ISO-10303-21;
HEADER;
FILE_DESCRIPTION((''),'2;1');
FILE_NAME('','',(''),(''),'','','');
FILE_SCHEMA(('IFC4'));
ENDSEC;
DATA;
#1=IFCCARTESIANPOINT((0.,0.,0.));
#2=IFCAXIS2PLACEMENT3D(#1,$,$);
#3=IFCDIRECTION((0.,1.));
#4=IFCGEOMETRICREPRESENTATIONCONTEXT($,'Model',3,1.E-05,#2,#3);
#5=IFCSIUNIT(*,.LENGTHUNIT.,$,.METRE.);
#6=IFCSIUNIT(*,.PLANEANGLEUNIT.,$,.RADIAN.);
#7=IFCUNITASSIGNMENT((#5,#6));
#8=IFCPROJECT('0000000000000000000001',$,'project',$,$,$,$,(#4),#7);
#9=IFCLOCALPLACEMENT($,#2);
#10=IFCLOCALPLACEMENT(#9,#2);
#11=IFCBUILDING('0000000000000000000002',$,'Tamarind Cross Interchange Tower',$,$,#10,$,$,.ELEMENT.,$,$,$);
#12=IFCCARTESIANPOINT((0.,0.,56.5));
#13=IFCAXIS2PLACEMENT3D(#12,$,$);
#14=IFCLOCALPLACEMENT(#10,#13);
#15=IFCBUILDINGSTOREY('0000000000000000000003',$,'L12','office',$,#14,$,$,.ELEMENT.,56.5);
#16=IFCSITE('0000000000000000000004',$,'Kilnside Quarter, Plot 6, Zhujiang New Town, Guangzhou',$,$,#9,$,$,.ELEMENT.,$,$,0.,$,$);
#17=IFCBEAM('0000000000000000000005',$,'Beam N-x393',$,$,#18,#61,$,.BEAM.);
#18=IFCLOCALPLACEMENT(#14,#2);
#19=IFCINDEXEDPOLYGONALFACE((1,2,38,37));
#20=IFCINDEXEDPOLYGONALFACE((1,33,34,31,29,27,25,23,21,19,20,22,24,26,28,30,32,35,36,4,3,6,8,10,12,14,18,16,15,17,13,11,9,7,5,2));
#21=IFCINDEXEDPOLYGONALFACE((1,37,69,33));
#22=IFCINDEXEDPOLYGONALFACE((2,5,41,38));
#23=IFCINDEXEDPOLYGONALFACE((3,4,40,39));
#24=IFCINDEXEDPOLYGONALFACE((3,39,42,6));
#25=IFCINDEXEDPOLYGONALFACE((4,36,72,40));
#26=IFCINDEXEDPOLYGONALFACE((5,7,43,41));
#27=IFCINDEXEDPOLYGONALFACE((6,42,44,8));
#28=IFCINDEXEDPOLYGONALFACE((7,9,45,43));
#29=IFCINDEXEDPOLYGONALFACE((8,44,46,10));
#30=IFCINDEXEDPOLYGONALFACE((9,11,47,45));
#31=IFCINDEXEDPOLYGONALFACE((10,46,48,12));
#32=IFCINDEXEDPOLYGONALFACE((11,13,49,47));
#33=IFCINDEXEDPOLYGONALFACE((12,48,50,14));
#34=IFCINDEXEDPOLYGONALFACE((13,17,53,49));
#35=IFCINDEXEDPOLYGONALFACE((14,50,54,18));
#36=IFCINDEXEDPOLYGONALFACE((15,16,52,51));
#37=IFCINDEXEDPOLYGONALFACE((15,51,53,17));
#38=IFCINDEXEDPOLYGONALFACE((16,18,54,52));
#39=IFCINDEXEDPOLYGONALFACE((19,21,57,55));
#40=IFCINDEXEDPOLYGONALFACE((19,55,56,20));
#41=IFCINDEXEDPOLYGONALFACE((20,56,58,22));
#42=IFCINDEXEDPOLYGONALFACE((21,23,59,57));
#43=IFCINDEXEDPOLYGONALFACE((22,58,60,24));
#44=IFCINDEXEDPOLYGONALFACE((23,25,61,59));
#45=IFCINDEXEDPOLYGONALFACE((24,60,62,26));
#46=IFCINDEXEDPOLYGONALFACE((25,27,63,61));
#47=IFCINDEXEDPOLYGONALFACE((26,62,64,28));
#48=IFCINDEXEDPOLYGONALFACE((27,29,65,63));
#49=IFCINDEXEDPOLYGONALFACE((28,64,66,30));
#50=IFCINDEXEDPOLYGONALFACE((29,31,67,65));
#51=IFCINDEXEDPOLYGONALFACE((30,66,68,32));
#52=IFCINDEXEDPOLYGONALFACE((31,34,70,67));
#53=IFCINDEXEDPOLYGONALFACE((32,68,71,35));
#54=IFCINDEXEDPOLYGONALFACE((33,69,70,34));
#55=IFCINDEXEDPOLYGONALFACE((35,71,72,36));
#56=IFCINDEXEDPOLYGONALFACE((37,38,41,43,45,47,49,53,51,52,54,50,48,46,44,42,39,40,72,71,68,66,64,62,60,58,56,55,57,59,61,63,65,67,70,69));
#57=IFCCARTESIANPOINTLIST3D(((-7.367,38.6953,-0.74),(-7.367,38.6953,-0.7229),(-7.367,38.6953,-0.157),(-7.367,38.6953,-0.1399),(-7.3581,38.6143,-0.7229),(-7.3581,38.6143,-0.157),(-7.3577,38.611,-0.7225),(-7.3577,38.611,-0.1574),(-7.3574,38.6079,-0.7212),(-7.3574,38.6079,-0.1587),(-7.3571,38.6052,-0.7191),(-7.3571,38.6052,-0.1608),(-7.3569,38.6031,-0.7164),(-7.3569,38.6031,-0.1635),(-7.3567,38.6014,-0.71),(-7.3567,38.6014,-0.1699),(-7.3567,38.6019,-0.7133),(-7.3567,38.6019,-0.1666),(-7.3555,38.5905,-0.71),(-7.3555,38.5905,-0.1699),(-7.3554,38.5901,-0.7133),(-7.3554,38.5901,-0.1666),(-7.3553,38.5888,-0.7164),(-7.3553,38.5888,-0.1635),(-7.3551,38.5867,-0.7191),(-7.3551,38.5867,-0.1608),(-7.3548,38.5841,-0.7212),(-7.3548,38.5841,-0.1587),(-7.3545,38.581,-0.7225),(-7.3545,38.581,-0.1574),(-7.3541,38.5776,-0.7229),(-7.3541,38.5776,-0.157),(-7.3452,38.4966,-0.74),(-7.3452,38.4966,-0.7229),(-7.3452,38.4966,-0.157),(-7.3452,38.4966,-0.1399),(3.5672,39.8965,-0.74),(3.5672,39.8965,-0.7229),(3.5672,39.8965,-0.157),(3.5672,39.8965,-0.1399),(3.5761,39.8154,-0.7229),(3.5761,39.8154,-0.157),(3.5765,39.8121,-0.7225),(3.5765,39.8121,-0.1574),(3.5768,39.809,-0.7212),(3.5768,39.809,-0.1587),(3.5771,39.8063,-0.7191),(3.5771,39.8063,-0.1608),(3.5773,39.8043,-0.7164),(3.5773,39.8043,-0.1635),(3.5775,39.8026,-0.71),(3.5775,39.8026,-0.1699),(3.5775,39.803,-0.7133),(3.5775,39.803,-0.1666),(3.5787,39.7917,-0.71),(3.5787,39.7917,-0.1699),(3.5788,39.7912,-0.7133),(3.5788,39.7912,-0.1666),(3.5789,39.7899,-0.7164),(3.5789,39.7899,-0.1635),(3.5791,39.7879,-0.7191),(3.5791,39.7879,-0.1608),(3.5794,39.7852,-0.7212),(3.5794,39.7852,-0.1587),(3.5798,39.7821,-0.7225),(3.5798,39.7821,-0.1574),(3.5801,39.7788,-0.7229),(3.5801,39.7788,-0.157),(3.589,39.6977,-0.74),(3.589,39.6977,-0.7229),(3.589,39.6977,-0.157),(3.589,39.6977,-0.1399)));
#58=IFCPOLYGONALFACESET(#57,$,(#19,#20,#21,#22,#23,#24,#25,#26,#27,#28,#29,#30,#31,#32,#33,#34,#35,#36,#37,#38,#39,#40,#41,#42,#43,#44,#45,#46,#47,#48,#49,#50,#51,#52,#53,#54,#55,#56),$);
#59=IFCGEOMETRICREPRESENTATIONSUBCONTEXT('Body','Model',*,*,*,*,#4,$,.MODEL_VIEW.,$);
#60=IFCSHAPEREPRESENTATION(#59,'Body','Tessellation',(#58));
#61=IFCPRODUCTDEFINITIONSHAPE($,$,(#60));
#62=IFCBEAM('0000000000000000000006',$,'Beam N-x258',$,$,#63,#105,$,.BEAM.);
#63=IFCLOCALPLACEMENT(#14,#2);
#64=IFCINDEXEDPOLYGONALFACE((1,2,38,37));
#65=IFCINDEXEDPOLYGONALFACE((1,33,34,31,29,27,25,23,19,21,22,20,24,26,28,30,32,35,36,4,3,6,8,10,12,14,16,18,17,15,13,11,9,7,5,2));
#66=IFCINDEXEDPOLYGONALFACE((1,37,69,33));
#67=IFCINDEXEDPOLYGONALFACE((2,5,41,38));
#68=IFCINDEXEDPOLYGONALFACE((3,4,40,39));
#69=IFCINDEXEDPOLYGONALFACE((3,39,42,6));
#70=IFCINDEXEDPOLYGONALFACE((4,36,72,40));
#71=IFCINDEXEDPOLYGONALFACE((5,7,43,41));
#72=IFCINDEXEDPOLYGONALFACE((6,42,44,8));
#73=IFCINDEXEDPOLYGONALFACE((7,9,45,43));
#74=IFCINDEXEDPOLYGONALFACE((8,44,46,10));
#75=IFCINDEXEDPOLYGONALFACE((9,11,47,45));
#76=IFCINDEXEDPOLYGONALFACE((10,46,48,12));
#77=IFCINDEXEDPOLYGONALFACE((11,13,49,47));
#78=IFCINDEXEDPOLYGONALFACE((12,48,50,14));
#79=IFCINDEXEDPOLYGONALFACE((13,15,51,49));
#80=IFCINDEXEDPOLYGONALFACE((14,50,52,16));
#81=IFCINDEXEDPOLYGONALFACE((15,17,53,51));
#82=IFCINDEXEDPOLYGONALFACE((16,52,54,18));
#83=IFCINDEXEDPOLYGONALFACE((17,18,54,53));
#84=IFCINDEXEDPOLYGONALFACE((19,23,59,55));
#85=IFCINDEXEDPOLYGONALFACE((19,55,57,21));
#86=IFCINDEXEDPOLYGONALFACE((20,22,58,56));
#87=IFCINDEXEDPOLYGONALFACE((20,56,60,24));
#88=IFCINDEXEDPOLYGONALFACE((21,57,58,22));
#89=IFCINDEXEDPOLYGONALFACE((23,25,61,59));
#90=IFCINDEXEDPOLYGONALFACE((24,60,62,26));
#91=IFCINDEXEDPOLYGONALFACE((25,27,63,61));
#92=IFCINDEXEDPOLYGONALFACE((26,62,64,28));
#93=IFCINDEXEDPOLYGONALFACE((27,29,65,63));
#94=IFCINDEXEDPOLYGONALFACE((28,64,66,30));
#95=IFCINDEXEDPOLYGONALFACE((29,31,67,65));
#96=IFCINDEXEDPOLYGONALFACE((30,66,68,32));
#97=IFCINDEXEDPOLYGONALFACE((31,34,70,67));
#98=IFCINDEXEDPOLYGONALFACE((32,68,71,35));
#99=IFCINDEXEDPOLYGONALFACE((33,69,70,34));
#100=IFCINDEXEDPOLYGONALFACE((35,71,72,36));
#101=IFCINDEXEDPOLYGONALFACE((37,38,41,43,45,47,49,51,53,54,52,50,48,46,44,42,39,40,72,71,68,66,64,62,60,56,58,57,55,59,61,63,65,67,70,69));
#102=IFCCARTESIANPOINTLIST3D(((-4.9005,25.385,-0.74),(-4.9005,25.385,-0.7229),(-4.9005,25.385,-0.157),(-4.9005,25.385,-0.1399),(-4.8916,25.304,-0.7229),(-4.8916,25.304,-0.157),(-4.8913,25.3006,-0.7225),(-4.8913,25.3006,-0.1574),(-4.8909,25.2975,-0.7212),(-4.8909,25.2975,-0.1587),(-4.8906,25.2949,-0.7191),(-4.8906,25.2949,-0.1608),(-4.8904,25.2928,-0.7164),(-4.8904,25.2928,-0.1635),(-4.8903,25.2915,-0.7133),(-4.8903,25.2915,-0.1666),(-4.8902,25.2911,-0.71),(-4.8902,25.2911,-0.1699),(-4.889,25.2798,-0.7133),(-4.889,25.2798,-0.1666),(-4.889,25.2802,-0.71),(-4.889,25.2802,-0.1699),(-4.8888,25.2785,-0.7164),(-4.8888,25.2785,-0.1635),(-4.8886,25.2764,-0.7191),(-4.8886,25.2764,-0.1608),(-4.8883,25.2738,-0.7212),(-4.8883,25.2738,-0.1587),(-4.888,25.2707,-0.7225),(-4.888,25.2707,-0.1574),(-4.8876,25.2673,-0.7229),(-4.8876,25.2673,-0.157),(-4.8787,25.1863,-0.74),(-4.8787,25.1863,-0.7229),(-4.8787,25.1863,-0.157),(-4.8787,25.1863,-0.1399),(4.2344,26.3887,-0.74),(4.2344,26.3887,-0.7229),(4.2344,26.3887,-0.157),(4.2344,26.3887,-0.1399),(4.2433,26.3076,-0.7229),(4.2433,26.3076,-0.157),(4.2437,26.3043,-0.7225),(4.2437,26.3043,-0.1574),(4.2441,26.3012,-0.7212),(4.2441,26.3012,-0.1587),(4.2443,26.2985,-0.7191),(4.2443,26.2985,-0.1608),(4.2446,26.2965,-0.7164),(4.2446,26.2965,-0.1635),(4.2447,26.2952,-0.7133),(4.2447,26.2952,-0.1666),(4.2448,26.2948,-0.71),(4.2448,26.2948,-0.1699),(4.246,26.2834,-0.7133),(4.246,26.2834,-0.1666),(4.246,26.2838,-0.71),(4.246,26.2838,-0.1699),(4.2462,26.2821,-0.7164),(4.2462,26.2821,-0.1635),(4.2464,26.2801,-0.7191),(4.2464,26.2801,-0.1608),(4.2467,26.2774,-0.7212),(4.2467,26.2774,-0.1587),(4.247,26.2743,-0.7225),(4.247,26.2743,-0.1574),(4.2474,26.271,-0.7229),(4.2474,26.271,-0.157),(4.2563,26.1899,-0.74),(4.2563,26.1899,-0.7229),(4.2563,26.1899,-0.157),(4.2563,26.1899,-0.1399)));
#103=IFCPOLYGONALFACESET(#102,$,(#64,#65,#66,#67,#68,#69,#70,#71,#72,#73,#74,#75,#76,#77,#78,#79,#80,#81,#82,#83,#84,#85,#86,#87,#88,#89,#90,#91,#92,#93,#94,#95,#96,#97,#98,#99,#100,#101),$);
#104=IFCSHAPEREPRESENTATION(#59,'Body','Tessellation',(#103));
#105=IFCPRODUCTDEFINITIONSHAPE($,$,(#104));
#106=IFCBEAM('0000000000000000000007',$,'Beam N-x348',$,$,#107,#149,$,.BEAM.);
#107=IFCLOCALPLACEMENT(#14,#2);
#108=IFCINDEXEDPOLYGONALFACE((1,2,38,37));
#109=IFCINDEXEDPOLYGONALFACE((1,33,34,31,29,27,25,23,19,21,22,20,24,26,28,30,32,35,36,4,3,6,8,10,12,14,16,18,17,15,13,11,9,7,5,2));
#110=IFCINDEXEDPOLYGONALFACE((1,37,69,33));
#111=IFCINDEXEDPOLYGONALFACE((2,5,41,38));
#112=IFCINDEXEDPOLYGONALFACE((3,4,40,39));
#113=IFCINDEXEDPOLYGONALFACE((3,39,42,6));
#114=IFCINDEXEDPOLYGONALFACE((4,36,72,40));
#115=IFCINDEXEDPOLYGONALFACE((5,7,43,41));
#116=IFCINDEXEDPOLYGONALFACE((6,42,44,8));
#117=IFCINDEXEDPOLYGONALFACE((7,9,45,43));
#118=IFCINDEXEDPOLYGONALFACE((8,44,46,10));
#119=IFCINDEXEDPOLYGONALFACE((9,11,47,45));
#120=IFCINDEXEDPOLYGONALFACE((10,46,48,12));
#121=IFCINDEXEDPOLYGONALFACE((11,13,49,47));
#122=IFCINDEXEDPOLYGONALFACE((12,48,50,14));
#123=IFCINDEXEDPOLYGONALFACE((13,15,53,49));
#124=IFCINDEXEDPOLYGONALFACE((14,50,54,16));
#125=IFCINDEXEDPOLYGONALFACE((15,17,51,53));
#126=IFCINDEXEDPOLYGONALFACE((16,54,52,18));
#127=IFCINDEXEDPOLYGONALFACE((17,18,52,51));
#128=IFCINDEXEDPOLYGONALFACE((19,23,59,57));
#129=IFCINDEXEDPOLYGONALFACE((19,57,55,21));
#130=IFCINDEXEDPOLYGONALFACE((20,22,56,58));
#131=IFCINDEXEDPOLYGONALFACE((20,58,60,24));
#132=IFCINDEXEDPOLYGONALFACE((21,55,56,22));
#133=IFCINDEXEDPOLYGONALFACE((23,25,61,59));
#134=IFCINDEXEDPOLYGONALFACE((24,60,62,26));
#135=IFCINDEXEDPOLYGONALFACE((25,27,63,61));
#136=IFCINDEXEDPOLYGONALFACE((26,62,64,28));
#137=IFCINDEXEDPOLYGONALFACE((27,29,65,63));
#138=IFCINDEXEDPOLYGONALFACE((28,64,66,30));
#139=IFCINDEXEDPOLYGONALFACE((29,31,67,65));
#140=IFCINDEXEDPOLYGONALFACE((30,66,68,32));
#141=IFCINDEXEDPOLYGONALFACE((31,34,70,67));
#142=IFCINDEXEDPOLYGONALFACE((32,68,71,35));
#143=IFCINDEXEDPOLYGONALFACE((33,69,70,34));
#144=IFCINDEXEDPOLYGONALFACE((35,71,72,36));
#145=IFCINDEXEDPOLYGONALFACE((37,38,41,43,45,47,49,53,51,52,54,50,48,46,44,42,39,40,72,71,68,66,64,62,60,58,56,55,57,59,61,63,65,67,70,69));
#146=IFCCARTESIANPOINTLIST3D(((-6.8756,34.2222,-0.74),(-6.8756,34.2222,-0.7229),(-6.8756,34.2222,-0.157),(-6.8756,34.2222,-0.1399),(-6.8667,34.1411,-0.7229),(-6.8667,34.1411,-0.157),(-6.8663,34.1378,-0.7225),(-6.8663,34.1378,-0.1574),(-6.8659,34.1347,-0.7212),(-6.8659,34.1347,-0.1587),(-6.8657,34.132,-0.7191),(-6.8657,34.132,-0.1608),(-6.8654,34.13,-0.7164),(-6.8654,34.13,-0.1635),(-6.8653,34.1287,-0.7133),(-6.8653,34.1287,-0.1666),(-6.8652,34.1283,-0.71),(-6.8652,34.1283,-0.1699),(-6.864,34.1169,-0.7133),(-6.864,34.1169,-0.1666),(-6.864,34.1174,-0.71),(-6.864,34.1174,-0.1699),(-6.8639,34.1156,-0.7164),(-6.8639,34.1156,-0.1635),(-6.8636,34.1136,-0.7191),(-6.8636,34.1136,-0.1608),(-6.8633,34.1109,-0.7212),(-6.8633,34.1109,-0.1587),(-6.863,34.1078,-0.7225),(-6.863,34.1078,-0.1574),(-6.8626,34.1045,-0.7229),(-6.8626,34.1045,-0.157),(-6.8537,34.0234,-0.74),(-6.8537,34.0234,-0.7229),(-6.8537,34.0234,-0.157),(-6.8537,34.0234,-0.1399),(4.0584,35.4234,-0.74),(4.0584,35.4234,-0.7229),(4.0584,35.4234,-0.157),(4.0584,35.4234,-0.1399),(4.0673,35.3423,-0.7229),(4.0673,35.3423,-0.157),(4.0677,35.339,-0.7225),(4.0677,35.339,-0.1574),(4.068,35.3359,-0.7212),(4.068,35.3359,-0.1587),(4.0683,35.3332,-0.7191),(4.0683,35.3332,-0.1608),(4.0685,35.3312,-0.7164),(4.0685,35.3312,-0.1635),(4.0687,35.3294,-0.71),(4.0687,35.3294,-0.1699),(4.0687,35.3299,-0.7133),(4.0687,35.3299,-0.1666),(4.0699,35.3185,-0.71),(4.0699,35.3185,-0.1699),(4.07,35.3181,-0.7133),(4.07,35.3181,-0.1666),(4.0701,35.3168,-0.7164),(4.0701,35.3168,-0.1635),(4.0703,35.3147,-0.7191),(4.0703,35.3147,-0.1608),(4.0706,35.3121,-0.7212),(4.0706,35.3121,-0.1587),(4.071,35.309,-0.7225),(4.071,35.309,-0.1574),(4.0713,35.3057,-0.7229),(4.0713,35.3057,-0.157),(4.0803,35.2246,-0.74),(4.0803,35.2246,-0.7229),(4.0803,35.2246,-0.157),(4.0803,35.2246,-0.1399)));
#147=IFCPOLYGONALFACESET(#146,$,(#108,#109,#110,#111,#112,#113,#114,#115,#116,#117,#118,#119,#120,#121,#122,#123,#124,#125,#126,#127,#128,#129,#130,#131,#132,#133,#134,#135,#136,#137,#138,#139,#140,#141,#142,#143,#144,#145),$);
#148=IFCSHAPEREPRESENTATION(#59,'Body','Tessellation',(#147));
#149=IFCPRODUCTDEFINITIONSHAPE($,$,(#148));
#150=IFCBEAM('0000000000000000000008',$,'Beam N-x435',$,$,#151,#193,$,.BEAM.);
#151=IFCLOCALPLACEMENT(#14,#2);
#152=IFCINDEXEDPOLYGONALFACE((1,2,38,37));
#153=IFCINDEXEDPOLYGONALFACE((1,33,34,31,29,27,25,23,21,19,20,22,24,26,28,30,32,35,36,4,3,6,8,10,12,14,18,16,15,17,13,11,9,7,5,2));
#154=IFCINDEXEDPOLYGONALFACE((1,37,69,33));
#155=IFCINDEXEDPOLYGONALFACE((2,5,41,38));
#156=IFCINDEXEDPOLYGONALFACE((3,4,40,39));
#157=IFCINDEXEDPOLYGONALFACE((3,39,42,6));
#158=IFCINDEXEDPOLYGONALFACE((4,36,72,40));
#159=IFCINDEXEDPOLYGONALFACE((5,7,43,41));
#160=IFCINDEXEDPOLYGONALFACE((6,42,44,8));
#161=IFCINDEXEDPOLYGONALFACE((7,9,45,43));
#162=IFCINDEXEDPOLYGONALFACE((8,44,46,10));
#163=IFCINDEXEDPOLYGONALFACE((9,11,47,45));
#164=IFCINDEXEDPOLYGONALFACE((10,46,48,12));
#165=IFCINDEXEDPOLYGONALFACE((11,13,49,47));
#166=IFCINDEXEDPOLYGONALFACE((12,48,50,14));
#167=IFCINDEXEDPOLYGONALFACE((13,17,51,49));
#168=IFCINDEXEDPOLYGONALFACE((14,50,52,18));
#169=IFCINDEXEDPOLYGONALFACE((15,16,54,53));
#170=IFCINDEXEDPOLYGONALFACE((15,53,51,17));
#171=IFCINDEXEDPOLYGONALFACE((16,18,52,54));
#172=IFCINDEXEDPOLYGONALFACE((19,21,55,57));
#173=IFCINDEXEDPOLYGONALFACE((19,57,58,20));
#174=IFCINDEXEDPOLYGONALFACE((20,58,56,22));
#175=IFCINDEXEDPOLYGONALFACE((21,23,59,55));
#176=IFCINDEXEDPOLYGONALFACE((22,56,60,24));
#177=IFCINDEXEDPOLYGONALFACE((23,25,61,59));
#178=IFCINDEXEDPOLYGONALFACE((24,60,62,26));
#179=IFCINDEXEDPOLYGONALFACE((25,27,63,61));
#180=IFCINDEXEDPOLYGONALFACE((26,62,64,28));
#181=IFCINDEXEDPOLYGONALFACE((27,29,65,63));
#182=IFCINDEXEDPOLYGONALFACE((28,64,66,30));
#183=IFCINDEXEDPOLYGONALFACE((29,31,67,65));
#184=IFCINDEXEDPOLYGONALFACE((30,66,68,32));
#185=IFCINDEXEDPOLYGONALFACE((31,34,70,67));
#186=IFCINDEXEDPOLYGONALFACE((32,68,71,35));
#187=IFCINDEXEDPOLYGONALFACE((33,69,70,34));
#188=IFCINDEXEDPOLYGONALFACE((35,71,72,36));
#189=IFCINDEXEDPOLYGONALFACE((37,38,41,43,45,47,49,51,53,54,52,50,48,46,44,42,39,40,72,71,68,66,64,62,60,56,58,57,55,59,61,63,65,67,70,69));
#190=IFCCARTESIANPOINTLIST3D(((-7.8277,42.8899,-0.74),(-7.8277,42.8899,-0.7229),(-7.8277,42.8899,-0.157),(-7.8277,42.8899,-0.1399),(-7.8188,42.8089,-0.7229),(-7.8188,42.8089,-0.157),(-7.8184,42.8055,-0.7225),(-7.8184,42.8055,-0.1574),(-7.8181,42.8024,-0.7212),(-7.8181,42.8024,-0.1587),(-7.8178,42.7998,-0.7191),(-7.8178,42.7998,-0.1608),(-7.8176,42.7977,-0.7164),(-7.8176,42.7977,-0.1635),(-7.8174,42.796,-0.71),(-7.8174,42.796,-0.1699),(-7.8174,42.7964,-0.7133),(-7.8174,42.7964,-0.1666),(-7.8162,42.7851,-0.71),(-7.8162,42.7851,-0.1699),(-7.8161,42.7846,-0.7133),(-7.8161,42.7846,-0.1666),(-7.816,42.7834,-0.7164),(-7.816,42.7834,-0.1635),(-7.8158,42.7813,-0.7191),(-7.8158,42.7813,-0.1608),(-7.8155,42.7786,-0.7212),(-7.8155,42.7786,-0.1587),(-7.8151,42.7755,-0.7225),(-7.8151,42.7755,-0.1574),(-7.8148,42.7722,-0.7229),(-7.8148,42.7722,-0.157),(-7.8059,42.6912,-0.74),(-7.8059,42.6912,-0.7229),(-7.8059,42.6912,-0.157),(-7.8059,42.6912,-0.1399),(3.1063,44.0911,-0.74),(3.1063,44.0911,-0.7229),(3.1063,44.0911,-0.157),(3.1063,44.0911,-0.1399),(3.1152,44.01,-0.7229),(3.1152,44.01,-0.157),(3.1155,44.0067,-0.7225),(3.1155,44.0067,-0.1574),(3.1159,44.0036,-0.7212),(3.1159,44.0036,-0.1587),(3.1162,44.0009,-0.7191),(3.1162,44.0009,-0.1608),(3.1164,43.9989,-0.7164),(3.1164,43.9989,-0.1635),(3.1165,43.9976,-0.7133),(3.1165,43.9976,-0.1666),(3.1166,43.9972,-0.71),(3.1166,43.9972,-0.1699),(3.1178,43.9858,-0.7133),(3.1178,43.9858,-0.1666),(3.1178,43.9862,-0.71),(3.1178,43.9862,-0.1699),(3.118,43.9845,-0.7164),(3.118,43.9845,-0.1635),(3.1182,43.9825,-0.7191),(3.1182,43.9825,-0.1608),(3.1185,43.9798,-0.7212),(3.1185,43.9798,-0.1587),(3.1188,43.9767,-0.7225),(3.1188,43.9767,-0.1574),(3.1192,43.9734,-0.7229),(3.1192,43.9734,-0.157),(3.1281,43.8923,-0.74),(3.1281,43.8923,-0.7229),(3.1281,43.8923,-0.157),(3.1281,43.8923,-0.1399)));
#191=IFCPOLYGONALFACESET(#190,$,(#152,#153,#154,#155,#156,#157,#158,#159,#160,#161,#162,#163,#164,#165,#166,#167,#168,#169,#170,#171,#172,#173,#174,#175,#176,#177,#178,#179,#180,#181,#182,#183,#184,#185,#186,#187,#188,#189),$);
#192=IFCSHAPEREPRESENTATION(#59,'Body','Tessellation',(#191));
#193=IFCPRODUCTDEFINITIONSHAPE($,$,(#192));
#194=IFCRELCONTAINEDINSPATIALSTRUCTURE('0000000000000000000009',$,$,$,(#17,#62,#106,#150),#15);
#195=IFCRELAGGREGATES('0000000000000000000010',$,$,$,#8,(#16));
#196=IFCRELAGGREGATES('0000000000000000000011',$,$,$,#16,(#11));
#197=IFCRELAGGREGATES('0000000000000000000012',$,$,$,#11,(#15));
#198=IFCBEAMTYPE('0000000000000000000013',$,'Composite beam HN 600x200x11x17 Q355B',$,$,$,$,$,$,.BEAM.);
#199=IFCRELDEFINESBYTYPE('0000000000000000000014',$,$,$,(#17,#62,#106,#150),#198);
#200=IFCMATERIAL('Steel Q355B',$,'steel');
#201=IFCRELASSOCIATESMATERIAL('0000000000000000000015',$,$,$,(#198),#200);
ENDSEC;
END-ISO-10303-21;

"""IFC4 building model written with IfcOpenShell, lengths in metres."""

from ifc_helpers import new_model, si_unit, direction, frame, origin, origin_2d, place, context, subcontext, project, spatial, i_section, extrude, material, material_profile, profile_set, type_object, element, save


model = new_model("IFC4")

# Units and contexts
model_context = context("Model", 3, precision=1e-05, world=origin(), true_north=direction((0.0, 1.0)))
body_context = subcontext(model_context, "Body", "Model", "MODEL_VIEW")
ifc_project = project(units=[si_unit("LENGTHUNIT", "METRE"), si_unit("PLANEANGLEUNIT", "RADIAN")], contexts=[model_context])

# Site, building, storey
site_placement = place(None, origin())
site = spatial("IfcSite", under=ifc_project, at=site_placement, Name="Kilnside Quarter, Plot 6, Zhujiang New Town, Guangzhou", CompositionType="ELEMENT", RefElevation=0.0)
building_placement = place(site_placement, origin())
building = spatial("IfcBuilding", under=site, at=building_placement, Name="Tamarind Cross Interchange Tower", CompositionType="ELEMENT")
storey_placement = place(building_placement, frame((0.0, 0.0, 56.5)))
storey = spatial("IfcBuildingStorey", under=building, at=storey_placement, Name="L12", Description="office", CompositionType="ELEMENT", Elevation=56.5)

# Beams
ifc_material_1 = material(Name="Steel Q355B", Category="steel")
ifc_material_profile_1 = material_profile(ifc_material_1, i_section(OverallWidth=0.2, OverallDepth=0.6001, WebThickness=0.011, FlangeThickness=0.0171, FilletRadius=0.0129, at=origin_2d()), Name="HN 600x200x11x17")
ifc_profile_set_1 = profile_set([ifc_material_profile_1], Name="Steel Q355B")
beam_type_1 = type_object("IfcBeamType", Name="Composite beam HN 600x200x11x17 Q355B", PredefinedType="BEAM", material=ifc_profile_set_1)
beam_1_placement = place(storey_placement, frame((3.5781, 39.7971, -0.4399), z_axis=(-0.99402, -0.109196, 0.0), x_axis=(0.109196, -0.99402, 0.0)))
element("IfcBeam", 1, at=beam_1_placement, inside=storey, type_object=beam_type_1, Name="Beam N-x393", PredefinedType="BEAM", context=body_context, shape_type="SweptSolid", body=[
    extrude(i_section(OverallWidth=0.2, OverallDepth=0.6001, WebThickness=0.011, FlangeThickness=0.0171, FilletRadius=0.0129, at=origin_2d()), origin(), (0.0, 0.0, 1.0), 11.0),
])
beam_2_placement = place(storey_placement, frame((4.2454, 26.2893, -0.4399), z_axis=(-0.994018, -0.109213, 0.0), x_axis=(0.109213, -0.994018, 0.0)))
element("IfcBeam", 2, at=beam_2_placement, inside=storey, type_object=beam_type_1, Name="Beam N-x258", PredefinedType="BEAM", context=body_context, shape_type="SweptSolid", body=[
    extrude(i_section(OverallWidth=0.2, OverallDepth=0.6001, WebThickness=0.011, FlangeThickness=0.0171, FilletRadius=0.0129, at=origin_2d()), origin(), (0.0, 0.0, 1.0), 9.1899),
])
for number, where, z_axis, x_axis, name in (
    (3, (4.0693, 35.324, -0.4399), (-0.99402, -0.109199, 0.0), (0.109199, -0.99402, 0.0), "Beam N-x348"),
    (4, (3.1172, 43.9917, -0.4399), (-0.99402, -0.109199, 0.0), (0.109199, -0.99402, 0.0), "Beam N-x435"),
):
    element("IfcBeam", number, at=place(storey_placement, frame(where, z_axis=z_axis, x_axis=x_axis)), inside=storey, type_object=beam_type_1, Name=name, PredefinedType="BEAM", context=body_context, shape_type="SweptSolid", body=[
        extrude(i_section(OverallWidth=0.2, OverallDepth=0.6001, WebThickness=0.011, FlangeThickness=0.0171, FilletRadius=0.0129, at=origin_2d()), origin(), (0.0, 0.0, 1.0), 10.9998),
    ])

save(model, "model.ifc")
